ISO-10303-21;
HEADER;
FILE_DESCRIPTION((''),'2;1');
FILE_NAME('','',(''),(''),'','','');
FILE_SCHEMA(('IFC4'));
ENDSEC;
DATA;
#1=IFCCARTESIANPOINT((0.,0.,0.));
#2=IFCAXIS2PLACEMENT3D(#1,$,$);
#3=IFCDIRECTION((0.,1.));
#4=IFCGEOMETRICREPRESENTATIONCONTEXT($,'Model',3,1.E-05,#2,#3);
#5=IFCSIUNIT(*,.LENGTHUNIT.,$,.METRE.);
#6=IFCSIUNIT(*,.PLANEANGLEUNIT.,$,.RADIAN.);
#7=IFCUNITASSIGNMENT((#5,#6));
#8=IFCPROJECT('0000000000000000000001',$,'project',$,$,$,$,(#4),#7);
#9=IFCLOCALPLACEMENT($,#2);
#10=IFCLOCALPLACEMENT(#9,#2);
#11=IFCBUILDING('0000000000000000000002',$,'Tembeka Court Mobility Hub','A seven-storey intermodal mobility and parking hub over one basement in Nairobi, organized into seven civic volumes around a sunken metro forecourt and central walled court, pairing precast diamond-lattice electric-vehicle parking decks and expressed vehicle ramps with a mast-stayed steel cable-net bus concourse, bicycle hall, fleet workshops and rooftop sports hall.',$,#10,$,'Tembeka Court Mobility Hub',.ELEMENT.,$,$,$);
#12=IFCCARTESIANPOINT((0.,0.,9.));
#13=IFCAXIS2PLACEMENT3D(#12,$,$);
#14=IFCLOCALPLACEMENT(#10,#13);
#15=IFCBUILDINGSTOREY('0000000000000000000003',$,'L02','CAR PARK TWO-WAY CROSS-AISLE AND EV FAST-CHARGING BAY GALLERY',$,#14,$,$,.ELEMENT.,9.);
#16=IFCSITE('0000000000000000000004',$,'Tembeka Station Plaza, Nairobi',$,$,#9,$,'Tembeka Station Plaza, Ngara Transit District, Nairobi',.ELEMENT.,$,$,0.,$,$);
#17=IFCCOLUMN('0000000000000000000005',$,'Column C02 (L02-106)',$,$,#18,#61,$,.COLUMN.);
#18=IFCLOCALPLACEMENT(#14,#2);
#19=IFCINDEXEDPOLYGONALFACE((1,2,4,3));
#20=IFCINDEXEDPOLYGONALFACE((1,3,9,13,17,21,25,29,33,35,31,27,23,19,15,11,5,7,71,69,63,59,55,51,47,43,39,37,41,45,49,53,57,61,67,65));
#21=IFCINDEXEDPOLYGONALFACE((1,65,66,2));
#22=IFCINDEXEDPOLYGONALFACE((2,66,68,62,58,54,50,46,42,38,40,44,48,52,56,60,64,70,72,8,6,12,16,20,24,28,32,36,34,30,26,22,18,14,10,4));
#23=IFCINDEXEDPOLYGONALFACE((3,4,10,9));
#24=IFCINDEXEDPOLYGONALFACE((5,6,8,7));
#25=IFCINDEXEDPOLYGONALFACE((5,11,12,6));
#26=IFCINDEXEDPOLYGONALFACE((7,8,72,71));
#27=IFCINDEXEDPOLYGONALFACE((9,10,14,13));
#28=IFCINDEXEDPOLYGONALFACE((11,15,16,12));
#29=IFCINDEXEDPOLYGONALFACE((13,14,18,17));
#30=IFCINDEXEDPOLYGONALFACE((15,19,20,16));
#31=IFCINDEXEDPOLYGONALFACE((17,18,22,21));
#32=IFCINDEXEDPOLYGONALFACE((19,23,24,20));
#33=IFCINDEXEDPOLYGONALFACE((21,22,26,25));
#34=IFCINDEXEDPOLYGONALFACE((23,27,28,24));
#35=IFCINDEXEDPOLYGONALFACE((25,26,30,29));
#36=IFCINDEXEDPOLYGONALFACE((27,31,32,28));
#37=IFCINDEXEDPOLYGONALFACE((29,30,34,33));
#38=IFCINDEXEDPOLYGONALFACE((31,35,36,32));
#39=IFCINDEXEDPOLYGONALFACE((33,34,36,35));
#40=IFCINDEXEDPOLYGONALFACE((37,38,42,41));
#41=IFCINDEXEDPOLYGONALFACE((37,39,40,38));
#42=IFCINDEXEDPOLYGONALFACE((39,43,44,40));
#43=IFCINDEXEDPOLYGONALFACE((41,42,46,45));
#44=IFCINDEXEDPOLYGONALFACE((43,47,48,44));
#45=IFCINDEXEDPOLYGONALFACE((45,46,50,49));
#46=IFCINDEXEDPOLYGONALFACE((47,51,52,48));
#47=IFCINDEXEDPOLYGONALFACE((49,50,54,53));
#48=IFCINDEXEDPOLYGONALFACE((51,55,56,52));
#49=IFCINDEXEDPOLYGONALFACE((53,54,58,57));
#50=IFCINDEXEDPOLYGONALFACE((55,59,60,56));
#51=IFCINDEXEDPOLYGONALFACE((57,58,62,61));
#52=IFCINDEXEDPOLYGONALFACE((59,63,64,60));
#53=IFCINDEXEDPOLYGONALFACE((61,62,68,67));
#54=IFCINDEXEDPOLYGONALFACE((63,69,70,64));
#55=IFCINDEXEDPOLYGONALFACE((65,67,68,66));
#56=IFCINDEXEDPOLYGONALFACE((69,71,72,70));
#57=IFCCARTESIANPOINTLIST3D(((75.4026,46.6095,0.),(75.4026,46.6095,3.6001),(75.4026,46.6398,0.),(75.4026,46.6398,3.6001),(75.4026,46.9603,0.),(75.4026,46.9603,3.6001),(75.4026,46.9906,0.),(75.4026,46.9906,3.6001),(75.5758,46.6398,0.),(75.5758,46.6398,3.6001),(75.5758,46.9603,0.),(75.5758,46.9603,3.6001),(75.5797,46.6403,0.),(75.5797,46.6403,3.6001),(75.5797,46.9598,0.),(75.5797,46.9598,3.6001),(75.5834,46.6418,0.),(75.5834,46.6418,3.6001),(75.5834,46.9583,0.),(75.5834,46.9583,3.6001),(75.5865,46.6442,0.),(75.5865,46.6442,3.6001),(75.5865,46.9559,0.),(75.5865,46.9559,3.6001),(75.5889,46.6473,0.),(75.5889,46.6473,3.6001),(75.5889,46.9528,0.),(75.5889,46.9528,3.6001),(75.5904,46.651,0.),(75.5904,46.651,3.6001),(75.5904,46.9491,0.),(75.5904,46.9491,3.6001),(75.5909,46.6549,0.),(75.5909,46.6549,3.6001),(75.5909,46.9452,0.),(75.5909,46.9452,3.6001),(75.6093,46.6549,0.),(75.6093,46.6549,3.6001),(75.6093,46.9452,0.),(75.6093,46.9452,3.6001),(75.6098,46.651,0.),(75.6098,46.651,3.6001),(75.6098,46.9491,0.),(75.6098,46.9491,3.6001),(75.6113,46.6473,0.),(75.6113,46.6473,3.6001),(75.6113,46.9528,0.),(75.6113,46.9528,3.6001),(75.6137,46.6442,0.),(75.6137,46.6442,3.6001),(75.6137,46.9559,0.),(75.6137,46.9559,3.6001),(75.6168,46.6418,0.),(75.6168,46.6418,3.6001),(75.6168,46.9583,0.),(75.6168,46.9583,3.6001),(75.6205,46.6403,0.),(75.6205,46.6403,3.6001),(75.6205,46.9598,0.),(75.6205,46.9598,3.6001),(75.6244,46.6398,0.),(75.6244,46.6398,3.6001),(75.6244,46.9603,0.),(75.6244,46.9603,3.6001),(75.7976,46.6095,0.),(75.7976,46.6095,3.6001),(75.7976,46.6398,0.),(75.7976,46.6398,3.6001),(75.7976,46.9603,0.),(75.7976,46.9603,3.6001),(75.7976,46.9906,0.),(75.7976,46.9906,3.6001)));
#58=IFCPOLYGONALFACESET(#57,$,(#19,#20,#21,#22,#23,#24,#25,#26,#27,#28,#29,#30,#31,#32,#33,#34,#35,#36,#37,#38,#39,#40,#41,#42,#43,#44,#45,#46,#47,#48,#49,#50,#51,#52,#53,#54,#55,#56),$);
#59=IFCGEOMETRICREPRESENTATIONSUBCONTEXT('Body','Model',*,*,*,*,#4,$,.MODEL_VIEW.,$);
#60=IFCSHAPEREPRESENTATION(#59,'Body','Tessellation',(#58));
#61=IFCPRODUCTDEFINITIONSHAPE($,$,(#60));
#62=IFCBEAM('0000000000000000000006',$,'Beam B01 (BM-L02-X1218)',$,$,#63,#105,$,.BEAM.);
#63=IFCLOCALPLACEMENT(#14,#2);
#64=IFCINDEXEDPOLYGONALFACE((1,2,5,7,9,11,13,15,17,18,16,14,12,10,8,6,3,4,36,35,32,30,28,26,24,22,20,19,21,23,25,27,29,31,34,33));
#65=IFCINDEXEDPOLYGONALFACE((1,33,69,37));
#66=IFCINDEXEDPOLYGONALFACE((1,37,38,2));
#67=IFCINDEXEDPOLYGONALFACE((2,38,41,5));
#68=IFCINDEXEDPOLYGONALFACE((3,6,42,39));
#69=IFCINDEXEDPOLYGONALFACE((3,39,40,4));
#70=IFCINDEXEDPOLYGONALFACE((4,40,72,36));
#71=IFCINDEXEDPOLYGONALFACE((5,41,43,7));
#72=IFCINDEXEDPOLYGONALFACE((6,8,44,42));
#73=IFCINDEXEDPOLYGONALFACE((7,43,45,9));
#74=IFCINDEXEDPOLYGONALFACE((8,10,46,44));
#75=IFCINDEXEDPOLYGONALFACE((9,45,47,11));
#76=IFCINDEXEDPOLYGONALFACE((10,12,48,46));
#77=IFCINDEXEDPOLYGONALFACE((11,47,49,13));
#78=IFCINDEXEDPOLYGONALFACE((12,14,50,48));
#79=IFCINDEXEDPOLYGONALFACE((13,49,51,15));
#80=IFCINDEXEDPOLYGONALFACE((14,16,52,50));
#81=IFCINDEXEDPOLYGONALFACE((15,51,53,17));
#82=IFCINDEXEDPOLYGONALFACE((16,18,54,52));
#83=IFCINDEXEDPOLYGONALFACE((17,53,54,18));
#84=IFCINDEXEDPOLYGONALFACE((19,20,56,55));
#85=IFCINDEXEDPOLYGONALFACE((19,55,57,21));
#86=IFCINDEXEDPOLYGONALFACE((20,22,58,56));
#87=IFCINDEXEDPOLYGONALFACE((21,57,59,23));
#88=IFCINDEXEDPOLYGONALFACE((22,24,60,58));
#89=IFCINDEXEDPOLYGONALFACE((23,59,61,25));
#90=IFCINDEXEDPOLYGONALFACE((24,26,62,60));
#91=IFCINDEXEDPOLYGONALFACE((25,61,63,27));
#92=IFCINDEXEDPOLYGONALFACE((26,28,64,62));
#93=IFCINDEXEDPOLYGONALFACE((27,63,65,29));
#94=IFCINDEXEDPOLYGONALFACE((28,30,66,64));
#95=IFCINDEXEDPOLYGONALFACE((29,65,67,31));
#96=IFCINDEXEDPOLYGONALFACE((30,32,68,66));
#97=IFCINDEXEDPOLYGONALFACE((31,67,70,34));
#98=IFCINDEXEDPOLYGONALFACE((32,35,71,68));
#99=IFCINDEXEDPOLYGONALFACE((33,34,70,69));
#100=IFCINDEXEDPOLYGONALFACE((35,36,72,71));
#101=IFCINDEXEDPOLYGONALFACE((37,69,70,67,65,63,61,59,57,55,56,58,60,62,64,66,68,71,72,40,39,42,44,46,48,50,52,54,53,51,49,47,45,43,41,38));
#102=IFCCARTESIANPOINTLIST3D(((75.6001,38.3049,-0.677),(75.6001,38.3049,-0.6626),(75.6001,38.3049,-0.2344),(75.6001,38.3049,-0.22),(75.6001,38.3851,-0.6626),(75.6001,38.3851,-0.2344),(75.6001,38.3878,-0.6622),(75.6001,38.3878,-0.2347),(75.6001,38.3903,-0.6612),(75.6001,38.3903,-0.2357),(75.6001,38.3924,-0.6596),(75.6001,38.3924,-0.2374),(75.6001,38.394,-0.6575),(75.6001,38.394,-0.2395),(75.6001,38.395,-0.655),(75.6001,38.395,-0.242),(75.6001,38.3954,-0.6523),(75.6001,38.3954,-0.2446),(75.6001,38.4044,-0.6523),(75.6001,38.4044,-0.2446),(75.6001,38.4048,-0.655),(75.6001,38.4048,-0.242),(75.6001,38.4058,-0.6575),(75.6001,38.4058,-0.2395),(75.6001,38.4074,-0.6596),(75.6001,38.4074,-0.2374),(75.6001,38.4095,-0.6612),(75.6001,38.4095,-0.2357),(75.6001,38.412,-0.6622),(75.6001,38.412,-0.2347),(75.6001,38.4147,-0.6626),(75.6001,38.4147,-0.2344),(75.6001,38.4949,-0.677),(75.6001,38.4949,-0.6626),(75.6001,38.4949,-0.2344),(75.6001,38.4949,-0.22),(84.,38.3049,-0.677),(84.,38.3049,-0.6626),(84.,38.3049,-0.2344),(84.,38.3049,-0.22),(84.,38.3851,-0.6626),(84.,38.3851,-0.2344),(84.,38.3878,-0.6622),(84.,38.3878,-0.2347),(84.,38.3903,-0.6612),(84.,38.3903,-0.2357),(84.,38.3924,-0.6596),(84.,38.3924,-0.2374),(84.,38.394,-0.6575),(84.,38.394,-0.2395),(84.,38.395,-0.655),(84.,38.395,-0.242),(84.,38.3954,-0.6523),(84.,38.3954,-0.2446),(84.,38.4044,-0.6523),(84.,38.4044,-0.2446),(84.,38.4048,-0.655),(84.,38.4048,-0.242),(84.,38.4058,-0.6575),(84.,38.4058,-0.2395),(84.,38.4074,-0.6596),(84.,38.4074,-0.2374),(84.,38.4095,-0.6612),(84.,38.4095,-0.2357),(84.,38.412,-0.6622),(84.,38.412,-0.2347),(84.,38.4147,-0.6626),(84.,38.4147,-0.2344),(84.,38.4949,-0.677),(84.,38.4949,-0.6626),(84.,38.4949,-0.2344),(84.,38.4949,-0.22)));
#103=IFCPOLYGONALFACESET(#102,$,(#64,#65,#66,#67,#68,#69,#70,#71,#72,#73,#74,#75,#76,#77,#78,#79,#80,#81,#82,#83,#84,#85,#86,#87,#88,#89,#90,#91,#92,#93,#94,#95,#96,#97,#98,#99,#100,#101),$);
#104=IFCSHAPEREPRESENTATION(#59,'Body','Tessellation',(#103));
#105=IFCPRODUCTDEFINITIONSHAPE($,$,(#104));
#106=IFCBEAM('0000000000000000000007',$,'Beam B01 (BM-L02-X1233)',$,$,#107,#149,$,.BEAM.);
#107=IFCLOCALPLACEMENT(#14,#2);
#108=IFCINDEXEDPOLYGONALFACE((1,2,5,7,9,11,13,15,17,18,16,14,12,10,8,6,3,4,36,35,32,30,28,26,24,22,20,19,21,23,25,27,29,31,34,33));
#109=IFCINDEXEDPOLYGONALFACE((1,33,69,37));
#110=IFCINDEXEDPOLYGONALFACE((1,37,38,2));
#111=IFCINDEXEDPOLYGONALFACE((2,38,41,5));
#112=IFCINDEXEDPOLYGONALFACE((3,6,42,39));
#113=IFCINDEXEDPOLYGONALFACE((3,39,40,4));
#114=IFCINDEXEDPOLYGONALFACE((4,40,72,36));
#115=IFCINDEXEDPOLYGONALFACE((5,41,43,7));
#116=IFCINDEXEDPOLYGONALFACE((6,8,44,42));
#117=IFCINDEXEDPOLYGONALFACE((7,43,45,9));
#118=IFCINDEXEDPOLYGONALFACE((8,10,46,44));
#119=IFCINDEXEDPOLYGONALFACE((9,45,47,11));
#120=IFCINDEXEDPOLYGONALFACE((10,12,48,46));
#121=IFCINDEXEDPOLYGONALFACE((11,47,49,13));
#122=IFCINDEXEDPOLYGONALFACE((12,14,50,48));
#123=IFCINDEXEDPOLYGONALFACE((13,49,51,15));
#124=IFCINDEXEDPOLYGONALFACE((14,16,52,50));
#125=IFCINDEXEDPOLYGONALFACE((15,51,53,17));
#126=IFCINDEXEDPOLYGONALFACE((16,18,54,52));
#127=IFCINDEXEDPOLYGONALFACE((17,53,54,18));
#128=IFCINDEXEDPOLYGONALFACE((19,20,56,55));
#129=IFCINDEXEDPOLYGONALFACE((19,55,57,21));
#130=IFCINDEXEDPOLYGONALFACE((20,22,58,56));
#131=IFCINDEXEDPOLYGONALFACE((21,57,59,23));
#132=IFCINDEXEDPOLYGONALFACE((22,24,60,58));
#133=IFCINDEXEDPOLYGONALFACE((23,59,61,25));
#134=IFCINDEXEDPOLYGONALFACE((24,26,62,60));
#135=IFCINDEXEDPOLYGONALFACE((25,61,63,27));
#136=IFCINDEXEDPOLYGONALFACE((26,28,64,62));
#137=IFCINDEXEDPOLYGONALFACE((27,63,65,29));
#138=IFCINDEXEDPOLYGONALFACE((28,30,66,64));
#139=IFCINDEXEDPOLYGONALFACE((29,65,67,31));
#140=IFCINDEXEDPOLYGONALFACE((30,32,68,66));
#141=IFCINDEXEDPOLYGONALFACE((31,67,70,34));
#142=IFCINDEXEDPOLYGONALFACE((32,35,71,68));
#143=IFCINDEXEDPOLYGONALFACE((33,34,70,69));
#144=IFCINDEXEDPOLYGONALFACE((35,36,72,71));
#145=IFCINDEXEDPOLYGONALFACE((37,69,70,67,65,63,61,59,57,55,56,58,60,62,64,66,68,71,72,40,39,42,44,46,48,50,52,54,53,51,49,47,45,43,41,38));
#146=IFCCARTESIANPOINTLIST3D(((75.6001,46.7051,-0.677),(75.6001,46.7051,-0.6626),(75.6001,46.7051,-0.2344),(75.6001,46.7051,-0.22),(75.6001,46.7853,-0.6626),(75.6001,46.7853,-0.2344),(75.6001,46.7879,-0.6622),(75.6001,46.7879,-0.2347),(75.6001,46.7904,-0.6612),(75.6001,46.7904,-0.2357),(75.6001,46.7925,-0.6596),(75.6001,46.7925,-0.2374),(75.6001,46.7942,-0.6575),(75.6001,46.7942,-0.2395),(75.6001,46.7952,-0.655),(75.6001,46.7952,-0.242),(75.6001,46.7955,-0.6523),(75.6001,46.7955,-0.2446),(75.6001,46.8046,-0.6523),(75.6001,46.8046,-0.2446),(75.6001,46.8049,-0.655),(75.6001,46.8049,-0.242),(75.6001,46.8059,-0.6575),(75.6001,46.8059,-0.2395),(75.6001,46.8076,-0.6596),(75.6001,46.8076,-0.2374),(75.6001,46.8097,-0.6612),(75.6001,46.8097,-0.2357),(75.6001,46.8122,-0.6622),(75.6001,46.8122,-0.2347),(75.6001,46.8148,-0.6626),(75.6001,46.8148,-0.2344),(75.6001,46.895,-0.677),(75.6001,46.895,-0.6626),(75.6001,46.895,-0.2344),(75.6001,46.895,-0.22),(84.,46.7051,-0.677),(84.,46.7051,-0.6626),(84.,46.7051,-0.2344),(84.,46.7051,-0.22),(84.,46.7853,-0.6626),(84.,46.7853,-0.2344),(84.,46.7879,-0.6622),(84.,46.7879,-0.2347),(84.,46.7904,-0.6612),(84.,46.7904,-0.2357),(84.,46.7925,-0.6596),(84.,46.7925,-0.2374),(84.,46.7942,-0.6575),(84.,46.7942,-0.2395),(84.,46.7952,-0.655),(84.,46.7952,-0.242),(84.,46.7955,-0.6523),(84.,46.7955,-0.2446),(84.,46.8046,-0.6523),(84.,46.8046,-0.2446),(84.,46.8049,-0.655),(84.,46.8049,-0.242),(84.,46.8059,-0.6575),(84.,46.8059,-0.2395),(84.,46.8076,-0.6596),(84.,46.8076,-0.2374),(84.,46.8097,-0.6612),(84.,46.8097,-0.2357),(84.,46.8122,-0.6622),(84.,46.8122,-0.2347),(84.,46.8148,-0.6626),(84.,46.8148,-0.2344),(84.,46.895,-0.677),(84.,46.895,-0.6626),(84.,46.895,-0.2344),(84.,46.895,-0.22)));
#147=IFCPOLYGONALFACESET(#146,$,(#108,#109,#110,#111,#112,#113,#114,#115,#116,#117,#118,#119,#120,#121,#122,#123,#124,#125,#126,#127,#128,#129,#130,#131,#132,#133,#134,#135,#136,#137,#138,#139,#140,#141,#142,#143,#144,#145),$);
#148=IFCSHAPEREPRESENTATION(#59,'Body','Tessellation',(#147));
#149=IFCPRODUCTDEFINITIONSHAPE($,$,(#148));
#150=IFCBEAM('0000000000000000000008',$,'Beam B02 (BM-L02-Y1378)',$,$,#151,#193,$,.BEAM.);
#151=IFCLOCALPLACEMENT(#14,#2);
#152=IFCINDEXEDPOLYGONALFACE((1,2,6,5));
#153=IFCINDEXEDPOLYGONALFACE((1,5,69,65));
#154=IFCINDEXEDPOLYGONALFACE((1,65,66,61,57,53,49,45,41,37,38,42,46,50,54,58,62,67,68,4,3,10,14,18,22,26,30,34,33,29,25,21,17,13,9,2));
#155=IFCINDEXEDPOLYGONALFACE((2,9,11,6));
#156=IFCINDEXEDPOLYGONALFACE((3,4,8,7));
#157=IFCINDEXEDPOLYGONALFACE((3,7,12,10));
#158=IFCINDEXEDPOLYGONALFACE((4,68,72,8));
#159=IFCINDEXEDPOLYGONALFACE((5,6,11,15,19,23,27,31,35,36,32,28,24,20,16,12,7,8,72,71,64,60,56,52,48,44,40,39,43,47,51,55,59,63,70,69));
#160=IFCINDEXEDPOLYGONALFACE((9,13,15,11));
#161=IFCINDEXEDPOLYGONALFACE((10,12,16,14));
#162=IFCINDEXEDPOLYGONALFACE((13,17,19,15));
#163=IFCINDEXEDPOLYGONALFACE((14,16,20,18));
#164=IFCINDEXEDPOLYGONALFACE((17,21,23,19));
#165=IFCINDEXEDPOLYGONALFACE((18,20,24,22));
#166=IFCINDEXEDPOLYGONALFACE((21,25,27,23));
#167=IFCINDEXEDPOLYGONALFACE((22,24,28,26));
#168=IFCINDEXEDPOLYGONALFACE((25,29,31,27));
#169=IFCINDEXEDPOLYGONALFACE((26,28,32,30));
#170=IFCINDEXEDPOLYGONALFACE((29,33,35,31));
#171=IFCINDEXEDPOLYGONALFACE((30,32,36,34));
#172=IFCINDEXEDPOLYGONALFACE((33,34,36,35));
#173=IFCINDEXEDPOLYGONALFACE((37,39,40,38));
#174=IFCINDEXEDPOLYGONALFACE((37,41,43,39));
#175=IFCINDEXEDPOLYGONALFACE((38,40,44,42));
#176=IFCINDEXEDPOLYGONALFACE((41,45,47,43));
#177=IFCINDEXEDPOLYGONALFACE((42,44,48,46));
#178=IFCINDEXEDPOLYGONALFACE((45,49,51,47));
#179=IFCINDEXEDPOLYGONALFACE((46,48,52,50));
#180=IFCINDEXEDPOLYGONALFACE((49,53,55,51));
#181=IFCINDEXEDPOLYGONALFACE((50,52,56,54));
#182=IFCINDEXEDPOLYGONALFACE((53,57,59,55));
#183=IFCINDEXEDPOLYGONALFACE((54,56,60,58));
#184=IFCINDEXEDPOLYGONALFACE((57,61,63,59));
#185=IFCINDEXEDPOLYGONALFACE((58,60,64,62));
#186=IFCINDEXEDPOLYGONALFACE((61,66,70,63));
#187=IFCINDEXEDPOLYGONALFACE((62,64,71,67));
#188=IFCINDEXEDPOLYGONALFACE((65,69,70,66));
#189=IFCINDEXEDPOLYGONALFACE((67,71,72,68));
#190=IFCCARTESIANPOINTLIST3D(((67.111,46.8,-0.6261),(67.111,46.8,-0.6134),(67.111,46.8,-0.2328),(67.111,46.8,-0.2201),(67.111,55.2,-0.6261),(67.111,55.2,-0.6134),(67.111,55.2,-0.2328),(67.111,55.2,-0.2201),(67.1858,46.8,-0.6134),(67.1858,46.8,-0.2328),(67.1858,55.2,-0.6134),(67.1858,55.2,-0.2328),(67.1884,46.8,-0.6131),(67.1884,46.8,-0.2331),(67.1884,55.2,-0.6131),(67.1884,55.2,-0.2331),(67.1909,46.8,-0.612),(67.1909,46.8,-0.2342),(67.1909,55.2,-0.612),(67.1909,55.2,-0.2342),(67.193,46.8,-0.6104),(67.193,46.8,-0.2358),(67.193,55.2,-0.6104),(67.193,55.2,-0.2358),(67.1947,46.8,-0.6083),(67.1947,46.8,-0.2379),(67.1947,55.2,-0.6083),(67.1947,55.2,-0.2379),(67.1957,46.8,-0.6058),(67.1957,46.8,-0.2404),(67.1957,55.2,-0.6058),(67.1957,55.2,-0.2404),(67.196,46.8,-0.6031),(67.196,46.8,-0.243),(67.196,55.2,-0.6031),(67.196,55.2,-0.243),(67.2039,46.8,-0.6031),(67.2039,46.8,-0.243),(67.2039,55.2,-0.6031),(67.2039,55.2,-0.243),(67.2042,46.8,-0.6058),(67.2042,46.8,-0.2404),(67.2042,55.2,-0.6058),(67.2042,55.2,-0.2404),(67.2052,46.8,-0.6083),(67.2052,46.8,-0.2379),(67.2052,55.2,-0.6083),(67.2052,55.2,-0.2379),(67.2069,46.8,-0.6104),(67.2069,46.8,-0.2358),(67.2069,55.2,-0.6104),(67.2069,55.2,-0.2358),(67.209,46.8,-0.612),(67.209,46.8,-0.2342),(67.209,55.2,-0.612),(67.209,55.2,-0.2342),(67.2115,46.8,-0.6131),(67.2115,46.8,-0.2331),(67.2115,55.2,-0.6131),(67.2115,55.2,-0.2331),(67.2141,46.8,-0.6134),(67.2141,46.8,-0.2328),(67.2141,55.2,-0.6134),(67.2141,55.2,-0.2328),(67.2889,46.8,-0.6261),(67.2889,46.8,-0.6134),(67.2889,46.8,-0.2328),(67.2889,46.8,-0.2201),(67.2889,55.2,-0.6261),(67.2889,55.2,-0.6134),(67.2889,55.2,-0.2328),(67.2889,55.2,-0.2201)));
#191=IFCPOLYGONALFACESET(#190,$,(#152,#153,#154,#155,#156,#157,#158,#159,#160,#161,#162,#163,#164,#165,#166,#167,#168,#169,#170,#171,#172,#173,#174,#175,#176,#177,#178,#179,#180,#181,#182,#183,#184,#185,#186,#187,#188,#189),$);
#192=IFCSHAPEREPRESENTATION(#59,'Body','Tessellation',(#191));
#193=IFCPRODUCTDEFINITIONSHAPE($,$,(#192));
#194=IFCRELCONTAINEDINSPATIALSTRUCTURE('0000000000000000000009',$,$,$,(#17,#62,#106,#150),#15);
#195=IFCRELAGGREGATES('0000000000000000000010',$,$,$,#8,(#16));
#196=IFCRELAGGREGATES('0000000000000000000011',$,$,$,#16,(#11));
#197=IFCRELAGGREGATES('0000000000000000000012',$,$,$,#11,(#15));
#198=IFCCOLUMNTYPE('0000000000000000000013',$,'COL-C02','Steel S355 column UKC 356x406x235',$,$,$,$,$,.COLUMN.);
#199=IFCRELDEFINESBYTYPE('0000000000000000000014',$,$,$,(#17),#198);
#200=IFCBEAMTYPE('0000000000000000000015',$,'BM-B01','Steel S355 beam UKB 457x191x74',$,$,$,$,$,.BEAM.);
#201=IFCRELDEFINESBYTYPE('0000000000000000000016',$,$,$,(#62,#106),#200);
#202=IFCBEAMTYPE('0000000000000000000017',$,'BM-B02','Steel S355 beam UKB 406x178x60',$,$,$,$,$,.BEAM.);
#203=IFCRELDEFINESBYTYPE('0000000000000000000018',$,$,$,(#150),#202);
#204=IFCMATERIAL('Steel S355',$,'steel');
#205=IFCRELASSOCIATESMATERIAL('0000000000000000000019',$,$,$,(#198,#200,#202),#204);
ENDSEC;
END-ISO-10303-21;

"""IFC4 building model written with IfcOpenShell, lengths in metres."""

from ifc_helpers import new_model, si_unit, direction, frame, origin, origin_2d, place, context, subcontext, project, spatial, i_section, extrude, material, material_profile, profile_set, type_object, element, save


model = new_model("IFC4")

# Units and contexts
model_context = context("Model", 3, precision=1e-05, world=origin(), true_north=direction((0.0, 1.0)))
body_context = subcontext(model_context, "Body", "Model", "MODEL_VIEW")
ifc_project = project(units=[si_unit("LENGTHUNIT", "METRE"), si_unit("PLANEANGLEUNIT", "RADIAN")], contexts=[model_context])

# Site, building, storey
site_placement = place(None, origin())
site = spatial("IfcSite", under=ifc_project, at=site_placement, Name="Tembeka Station Plaza, Nairobi", LongName="Tembeka Station Plaza, Ngara Transit District, Nairobi", CompositionType="ELEMENT", RefElevation=0.0)
building_placement = place(site_placement, origin())
building = spatial("IfcBuilding", under=site, at=building_placement, Name="Tembeka Court Mobility Hub", Description="A seven-storey intermodal mobility and parking hub over one basement in Nairobi, organized into seven civic volumes around a sunken metro forecourt and central walled court, pairing precast diamond-lattice electric-vehicle parking decks and expressed vehicle ramps with a mast-stayed steel cable-net bus concourse, bicycle hall, fleet workshops and rooftop sports hall.", LongName="Tembeka Court Mobility Hub", CompositionType="ELEMENT")
storey_placement = place(building_placement, frame((0.0, 0.0, 9.0)))
storey = spatial("IfcBuildingStorey", under=building, at=storey_placement, Name="L02", Description="CAR PARK TWO-WAY CROSS-AISLE AND EV FAST-CHARGING BAY GALLERY", CompositionType="ELEMENT", Elevation=9.0)

# Column
ifc_material_1 = material(Name="Steel S355", Category="steel")
ifc_material_profile_1 = material_profile(ifc_material_1, i_section(OverallWidth=0.395, OverallDepth=0.3811, WebThickness=0.0183, FlangeThickness=0.0303, FilletRadius=0.0151, at=origin_2d()), Name="UKC 356x406x235")
ifc_profile_set_1 = profile_set([ifc_material_profile_1], Name="Steel S355")
column_type = type_object("IfcColumnType", Name="COL-C02", Description="Steel S355 column UKC 356x406x235", PredefinedType="COLUMN", material=ifc_profile_set_1)
column_placement = place(storey_placement, frame((75.6001, 46.8, 0.0), z_axis=(0.0, 0.0, 1.0), x_axis=(1.0, 0.0, 0.0)))
element("IfcColumn", 1, at=column_placement, inside=storey, type_object=column_type, Name="Column C02 (L02-106)", PredefinedType="COLUMN", context=body_context, shape_type="SweptSolid", body=[
    extrude(i_section(OverallWidth=0.395, OverallDepth=0.3811, WebThickness=0.0183, FlangeThickness=0.0303, FilletRadius=0.0151, at=origin_2d()), origin(), (0.0, 0.0, 1.0), 3.6001),
])

# Beams
ifc_material_profile_2 = material_profile(ifc_material_1, i_section(OverallWidth=0.1899, OverallDepth=0.457, WebThickness=0.009, FlangeThickness=0.0144, FilletRadius=0.0103, at=origin_2d()), Name="UKB 457x191x74")
ifc_profile_set_2 = profile_set([ifc_material_profile_2], Name="Steel S355")
beam_type_1 = type_object("IfcBeamType", Name="BM-B01", Description="Steel S355 beam UKB 457x191x74", PredefinedType="BEAM", material=ifc_profile_set_2)
for number, where, z_axis, x_axis, name in (
    (2, (75.6001, 38.3999, -0.4485), (1.0, 0.0, 0.0), (0.0, 1.0, 0.0), "Beam B01 (BM-L02-X1218)"),
    (3, (75.6001, 46.8, -0.4485), (1.0, 0.0, 0.0), (0.0, 1.0, 0.0), "Beam B01 (BM-L02-X1233)"),
):
    element("IfcBeam", number, at=place(storey_placement, frame(where, z_axis=z_axis, x_axis=x_axis)), inside=storey, type_object=beam_type_1, Name=name, PredefinedType="BEAM", context=body_context, shape_type="SweptSolid", body=[
        extrude(i_section(OverallWidth=0.1899, OverallDepth=0.457, WebThickness=0.009, FlangeThickness=0.0144, FilletRadius=0.0103, at=origin_2d()), origin(), (0.0, 0.0, 1.0), 8.3999),
    ])
ifc_material_profile_3 = material_profile(ifc_material_1, i_section(OverallWidth=0.178, OverallDepth=0.406, WebThickness=0.0078, FlangeThickness=0.0127, FilletRadius=0.0103, at=origin_2d()), Name="UKB 406x178x60")
ifc_profile_set_3 = profile_set([ifc_material_profile_3], Name="Steel S355")
beam_type_2 = type_object("IfcBeamType", Name="BM-B02", Description="Steel S355 beam UKB 406x178x60", PredefinedType="BEAM", material=ifc_profile_set_3)
beam_1_placement = place(storey_placement, frame((67.2, 46.8, -0.4231), z_axis=(0.0, 1.0, 0.0), x_axis=(-1.0, 0.0, 0.0)))
element("IfcBeam", 4, at=beam_1_placement, inside=storey, type_object=beam_type_2, Name="Beam B02 (BM-L02-Y1378)", PredefinedType="BEAM", context=body_context, shape_type="SweptSolid", body=[
    extrude(i_section(OverallWidth=0.178, OverallDepth=0.406, WebThickness=0.0078, FlangeThickness=0.0127, FilletRadius=0.0103, at=origin_2d()), origin(), (0.0, 0.0, 1.0), 8.3999),
])

save(model, "model.ifc")
